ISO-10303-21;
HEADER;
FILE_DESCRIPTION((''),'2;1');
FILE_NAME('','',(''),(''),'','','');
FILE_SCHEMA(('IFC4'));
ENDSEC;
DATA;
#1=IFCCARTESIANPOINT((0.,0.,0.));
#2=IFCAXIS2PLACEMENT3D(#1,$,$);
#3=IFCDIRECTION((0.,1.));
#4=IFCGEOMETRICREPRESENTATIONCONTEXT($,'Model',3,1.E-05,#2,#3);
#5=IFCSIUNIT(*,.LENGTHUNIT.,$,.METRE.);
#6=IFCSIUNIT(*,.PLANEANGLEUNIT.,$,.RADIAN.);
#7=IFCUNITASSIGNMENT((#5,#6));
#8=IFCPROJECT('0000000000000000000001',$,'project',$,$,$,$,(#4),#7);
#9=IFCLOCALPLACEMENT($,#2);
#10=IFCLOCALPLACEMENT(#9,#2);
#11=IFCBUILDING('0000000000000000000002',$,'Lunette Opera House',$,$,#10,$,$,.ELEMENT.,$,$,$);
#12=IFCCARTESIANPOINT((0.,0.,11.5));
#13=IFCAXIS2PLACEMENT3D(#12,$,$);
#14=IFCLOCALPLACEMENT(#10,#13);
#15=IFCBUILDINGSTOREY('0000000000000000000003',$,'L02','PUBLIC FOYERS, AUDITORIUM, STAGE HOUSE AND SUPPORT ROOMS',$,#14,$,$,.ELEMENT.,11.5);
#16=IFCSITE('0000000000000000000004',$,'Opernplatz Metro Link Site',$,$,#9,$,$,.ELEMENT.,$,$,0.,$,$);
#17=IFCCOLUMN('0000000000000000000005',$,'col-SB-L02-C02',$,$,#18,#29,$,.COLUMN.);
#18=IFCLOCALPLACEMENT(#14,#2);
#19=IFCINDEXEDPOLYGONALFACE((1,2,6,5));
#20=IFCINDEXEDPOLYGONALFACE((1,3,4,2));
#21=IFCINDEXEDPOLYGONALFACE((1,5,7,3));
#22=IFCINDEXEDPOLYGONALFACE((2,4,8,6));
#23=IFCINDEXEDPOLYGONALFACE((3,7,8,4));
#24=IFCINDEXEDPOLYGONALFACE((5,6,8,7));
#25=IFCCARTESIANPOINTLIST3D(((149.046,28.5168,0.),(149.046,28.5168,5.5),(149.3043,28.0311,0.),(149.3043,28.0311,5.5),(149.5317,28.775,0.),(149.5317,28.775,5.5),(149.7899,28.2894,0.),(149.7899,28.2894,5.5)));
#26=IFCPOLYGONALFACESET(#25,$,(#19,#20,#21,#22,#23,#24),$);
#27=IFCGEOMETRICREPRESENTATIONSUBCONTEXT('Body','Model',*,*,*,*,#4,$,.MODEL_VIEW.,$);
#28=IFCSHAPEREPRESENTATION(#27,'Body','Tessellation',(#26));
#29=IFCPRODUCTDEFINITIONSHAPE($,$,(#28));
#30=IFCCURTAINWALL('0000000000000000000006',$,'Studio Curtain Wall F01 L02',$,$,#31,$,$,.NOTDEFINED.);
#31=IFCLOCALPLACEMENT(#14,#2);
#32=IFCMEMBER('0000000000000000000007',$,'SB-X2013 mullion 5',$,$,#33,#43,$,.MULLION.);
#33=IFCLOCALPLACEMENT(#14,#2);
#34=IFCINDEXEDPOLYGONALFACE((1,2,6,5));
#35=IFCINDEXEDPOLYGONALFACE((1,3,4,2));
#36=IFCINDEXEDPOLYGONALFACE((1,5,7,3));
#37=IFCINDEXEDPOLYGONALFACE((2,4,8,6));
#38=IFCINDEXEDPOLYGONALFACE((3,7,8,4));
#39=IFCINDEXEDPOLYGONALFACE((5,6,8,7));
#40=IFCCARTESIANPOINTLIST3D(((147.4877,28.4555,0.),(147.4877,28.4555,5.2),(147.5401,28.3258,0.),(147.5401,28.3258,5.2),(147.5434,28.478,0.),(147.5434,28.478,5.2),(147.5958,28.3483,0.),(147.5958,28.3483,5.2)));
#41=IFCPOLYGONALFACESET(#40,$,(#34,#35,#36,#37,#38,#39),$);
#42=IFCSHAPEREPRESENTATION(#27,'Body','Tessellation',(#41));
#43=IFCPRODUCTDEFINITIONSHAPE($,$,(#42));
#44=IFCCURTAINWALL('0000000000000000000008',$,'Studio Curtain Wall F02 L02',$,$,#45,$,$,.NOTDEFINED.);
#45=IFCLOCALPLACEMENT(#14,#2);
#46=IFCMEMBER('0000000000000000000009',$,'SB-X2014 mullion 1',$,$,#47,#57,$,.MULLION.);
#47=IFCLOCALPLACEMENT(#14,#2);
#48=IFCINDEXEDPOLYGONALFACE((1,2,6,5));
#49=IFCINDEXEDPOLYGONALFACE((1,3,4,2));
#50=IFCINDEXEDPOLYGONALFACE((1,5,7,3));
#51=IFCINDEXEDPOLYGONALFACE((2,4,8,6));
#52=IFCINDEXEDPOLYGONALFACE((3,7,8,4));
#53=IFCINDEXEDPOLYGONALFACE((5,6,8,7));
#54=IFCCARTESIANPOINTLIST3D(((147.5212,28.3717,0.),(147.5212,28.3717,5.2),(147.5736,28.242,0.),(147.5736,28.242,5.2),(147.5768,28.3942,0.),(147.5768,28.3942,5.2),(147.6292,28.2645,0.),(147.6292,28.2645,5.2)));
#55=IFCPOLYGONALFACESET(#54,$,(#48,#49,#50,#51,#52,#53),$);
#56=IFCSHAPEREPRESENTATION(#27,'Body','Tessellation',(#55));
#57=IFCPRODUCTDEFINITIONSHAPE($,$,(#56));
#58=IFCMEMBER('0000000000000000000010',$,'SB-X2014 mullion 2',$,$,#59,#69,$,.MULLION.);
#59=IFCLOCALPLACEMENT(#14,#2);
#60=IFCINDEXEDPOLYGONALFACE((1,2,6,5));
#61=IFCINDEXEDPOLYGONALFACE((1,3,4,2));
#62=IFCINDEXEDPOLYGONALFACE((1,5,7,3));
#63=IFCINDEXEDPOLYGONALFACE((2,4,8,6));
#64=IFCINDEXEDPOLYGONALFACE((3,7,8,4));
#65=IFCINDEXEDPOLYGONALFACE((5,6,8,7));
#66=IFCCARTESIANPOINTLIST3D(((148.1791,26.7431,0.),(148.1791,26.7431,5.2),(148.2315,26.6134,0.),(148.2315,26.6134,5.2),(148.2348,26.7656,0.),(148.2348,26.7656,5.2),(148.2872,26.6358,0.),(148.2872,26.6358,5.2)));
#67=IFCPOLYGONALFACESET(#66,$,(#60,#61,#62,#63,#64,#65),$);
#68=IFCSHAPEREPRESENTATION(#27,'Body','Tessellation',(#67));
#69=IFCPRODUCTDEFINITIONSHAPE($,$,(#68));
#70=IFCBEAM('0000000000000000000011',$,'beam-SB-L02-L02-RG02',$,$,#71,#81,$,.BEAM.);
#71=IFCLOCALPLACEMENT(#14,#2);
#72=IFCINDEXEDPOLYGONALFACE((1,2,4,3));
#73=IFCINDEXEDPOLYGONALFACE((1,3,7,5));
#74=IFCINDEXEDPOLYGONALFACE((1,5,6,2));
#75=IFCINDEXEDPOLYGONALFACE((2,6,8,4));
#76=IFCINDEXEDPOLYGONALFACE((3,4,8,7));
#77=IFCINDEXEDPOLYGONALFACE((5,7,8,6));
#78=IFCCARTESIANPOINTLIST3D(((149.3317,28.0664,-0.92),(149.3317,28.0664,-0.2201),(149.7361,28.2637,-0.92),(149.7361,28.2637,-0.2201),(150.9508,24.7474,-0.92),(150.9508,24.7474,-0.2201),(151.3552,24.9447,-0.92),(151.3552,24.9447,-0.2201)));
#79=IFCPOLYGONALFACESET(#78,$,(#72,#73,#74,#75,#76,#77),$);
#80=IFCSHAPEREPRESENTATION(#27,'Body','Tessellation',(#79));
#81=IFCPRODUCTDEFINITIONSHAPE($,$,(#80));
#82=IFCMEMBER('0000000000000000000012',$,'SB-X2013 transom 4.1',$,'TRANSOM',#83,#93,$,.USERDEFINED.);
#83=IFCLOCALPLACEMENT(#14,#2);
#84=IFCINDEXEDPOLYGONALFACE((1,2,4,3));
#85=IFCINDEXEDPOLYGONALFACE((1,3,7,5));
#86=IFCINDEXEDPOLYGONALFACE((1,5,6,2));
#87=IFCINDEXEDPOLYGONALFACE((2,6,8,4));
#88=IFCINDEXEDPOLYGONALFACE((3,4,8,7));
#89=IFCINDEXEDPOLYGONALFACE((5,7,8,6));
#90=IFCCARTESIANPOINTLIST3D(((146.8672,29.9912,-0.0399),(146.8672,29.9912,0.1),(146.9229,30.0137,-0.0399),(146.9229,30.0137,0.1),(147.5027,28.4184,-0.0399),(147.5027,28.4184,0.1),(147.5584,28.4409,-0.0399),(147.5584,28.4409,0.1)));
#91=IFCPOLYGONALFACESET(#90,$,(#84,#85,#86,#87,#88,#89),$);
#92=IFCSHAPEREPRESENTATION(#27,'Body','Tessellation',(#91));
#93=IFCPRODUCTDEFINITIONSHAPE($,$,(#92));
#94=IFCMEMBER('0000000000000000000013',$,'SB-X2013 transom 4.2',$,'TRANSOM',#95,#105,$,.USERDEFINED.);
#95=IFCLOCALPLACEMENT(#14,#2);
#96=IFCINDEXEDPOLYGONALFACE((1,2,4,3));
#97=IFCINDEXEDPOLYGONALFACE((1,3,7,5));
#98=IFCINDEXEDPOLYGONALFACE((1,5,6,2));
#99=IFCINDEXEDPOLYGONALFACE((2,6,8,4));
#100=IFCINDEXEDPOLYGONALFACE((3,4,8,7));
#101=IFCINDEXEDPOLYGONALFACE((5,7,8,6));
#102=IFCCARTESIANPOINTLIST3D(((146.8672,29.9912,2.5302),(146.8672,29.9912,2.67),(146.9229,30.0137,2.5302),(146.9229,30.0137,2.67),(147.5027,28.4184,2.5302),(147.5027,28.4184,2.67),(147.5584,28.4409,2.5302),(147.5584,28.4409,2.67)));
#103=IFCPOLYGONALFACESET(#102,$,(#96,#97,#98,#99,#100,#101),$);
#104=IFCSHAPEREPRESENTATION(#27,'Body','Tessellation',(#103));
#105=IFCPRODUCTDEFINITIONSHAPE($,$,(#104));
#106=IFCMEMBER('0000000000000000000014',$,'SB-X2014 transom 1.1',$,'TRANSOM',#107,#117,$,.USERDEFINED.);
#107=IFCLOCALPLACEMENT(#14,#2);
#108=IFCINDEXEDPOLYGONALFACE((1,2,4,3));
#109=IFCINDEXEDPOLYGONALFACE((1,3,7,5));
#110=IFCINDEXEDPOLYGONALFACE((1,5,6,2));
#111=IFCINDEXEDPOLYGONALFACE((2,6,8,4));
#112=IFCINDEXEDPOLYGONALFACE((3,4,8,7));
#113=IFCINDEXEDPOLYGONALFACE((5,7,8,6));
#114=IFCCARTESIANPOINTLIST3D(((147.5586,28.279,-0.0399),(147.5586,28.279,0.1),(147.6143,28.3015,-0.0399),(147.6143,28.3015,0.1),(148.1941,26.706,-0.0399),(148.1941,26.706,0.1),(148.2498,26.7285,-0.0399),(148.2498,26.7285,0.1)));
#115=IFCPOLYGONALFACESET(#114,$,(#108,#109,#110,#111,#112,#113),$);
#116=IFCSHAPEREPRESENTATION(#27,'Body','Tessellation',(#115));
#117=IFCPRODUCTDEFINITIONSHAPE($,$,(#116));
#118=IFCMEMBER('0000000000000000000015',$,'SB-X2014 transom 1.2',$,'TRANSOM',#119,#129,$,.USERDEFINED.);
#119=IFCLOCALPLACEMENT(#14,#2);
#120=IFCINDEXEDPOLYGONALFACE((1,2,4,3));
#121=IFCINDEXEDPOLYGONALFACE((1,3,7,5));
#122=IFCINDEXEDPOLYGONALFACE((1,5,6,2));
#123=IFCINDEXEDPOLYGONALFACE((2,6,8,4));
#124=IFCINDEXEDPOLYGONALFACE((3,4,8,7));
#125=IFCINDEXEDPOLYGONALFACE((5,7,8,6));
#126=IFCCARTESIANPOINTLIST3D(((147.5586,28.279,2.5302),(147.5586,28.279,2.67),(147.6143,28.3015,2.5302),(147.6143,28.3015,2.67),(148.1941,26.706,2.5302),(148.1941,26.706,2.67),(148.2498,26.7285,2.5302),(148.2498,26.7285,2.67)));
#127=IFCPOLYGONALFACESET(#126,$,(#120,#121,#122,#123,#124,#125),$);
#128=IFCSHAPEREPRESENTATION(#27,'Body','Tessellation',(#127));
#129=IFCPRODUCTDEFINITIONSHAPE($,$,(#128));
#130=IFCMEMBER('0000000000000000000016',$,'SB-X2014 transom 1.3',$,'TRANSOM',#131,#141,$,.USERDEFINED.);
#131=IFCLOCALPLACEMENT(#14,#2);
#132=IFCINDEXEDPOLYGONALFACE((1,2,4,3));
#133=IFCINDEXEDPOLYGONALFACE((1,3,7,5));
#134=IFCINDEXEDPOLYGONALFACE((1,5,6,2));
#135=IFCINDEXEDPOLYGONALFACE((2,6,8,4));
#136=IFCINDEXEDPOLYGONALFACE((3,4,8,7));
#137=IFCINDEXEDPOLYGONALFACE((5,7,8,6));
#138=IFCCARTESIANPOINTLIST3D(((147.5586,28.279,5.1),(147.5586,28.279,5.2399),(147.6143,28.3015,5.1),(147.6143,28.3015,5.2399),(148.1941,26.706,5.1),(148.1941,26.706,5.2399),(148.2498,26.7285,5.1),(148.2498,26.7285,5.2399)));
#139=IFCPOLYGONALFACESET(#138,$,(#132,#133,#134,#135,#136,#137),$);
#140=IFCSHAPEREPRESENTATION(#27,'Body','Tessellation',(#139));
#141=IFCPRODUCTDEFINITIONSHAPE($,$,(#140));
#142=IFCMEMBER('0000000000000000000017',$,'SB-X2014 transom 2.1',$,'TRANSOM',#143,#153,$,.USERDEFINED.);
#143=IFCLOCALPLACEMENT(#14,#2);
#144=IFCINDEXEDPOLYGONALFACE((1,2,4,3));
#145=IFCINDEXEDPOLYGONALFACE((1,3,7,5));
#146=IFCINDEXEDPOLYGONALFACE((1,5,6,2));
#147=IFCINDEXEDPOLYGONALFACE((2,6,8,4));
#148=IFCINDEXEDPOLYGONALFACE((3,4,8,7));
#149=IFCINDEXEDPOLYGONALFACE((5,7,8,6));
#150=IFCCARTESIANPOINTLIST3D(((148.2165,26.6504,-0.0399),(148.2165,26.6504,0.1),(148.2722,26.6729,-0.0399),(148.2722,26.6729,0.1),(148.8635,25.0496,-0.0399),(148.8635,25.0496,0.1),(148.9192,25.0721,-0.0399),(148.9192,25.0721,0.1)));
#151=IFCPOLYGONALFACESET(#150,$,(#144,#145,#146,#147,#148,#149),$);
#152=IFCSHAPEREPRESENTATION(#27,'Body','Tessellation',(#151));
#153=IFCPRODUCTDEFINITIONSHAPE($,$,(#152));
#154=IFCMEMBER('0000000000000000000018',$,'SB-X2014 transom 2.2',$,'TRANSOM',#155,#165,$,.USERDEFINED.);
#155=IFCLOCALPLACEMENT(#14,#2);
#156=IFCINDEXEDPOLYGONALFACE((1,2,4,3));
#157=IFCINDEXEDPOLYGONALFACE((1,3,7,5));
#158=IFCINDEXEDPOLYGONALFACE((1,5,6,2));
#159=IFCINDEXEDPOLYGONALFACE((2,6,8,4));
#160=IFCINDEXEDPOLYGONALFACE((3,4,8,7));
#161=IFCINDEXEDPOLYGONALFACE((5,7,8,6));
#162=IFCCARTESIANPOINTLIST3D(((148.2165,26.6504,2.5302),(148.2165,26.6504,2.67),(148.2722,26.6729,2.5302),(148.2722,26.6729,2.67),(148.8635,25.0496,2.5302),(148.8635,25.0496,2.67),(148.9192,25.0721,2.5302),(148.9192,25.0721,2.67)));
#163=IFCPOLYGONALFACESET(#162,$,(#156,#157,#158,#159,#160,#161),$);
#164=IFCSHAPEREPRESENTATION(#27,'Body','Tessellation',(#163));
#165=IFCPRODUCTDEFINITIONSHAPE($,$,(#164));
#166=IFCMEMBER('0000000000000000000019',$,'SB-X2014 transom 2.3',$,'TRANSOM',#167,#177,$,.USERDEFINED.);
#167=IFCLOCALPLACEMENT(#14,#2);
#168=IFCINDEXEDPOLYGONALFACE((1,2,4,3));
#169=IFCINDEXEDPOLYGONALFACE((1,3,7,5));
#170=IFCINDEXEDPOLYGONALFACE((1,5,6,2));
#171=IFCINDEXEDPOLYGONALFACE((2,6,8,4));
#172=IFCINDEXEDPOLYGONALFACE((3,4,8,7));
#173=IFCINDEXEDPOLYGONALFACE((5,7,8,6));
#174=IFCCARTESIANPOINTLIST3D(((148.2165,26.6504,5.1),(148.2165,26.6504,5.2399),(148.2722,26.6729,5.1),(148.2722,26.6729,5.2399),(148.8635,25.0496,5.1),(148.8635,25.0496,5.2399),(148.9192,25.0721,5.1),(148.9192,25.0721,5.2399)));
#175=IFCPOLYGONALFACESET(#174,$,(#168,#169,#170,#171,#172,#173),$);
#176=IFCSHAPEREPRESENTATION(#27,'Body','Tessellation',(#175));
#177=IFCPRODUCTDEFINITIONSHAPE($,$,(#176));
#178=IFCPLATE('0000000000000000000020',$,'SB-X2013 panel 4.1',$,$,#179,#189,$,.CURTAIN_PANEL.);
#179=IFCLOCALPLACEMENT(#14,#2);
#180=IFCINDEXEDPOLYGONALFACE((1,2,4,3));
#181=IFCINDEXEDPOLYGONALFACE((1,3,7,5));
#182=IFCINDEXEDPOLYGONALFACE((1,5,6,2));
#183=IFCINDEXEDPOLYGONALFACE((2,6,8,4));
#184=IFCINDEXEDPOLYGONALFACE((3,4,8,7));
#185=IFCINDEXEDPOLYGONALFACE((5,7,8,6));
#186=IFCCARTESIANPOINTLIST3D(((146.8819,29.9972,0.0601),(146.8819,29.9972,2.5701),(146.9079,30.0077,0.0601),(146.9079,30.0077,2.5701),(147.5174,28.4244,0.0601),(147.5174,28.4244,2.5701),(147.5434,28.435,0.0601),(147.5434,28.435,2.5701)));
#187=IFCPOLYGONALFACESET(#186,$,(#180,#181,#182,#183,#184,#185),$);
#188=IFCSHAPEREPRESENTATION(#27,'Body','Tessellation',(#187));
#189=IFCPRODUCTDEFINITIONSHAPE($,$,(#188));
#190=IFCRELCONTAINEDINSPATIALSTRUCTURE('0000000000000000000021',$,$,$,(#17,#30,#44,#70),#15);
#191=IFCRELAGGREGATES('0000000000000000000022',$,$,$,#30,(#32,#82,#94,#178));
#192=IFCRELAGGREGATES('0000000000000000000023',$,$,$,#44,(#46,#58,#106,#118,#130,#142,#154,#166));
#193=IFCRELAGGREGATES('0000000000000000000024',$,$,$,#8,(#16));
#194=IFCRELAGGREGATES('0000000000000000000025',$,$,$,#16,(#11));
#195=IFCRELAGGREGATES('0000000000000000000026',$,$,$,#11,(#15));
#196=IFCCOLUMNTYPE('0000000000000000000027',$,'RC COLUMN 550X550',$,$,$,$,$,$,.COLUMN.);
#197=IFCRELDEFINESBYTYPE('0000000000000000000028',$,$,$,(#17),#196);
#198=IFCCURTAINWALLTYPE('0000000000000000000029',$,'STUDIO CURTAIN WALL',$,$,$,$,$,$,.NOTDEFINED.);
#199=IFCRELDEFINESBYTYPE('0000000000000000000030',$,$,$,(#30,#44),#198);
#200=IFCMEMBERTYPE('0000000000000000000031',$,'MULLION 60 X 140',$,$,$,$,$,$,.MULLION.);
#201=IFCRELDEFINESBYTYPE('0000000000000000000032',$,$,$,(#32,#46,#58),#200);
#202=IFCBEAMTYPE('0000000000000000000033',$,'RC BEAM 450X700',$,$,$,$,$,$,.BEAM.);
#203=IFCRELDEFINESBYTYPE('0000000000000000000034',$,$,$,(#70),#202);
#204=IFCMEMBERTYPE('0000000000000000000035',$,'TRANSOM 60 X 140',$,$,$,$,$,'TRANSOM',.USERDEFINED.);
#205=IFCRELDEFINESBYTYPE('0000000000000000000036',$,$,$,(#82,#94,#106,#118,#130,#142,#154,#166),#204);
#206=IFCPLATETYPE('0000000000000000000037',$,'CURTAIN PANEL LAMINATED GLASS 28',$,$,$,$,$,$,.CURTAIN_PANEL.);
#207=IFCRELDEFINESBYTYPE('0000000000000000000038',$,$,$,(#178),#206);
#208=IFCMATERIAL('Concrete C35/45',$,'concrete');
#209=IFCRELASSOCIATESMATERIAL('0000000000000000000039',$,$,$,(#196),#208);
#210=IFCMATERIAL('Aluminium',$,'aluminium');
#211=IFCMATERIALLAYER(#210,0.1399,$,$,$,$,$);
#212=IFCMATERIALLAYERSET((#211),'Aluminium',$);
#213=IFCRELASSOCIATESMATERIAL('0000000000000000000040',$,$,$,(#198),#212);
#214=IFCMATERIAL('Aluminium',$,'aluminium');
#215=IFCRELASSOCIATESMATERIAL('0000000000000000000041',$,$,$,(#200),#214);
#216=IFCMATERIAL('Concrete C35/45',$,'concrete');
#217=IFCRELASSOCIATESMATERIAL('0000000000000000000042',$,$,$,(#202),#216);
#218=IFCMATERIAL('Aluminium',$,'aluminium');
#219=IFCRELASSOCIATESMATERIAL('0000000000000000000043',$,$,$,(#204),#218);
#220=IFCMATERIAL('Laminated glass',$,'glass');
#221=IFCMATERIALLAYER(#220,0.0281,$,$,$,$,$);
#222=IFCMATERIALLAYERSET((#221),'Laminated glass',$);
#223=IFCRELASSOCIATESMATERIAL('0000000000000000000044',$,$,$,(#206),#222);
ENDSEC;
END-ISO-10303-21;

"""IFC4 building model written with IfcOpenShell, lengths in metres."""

from ifc_helpers import new_model, si_unit, direction, frame, origin, origin_2d, place, context, subcontext, project, spatial, rectangle, extrude, material, layer, layer_set, material_profile, profile_set, type_object, element, aggregate, save


model = new_model("IFC4")

# Units and contexts
model_context = context("Model", 3, precision=1e-05, world=origin(), true_north=direction((0.0, 1.0)))
body_context = subcontext(model_context, "Body", "Model", "MODEL_VIEW")
ifc_project = project(units=[si_unit("LENGTHUNIT", "METRE"), si_unit("PLANEANGLEUNIT", "RADIAN")], contexts=[model_context])

# Site, building, storey
site_placement = place(None, origin())
site = spatial("IfcSite", under=ifc_project, at=site_placement, Name="Opernplatz Metro Link Site", CompositionType="ELEMENT", RefElevation=0.0)
building_placement = place(site_placement, origin())
building = spatial("IfcBuilding", under=site, at=building_placement, Name="Lunette Opera House", CompositionType="ELEMENT")
storey_placement = place(building_placement, frame((0.0, 0.0, 11.5)))
storey = spatial("IfcBuildingStorey", under=building, at=storey_placement, Name="L02", Description="PUBLIC FOYERS, AUDITORIUM, STAGE HOUSE AND SUPPORT ROOMS", CompositionType="ELEMENT", Elevation=11.5)

# Column
ifc_material_1 = material(Name="Concrete C35/45", Category="concrete")
ifc_material_profile_1 = material_profile(ifc_material_1, rectangle(XDim=0.55, YDim=0.55, at=origin_2d()), Name="RC COLUMN 550X550")
ifc_profile_set_1 = profile_set([ifc_material_profile_1], Name="Concrete C35/45")
column_type = type_object("IfcColumnType", Name="RC COLUMN 550X550", PredefinedType="COLUMN", material=ifc_profile_set_1)
column_placement = place(storey_placement, frame((149.418, 28.4031, 0.0), z_axis=(0.0, 0.0, 1.0), x_axis=(0.469472, -0.882948, 0.0)))
element("IfcColumn", 1, at=column_placement, inside=storey, type_object=column_type, Name="col-SB-L02-C02", PredefinedType="COLUMN", context=body_context, shape_type="SweptSolid", body=[
    extrude(rectangle(XDim=0.55, YDim=0.55, at=origin_2d()), origin(), (0.0, 0.0, 1.0), 5.5),
])

# Curtain wall, member
ifc_material_2 = material(Name="Aluminium", Category="aluminium")
ifc_layer_1 = layer(ifc_material_2, 0.1399)
ifc_layer_set_1 = layer_set([ifc_layer_1], Name="Aluminium")
curtain_wall_type = type_object("IfcCurtainWallType", Name="STUDIO CURTAIN WALL", PredefinedType="NOTDEFINED", material=ifc_layer_set_1)
curtain_wall_1_placement = place(storey_placement, origin())
curtain_wall_1 = element("IfcCurtainWall", 2, at=curtain_wall_1_placement, inside=storey, type_object=curtain_wall_type, Name="Studio Curtain Wall F01 L02", PredefinedType="NOTDEFINED")
ifc_material_3 = material(Name="Aluminium", Category="aluminium")
ifc_material_profile_2 = material_profile(ifc_material_3, rectangle(XDim=0.0601, YDim=0.1399, at=origin_2d()), Name="MULLION 60 X 140")
ifc_profile_set_2 = profile_set([ifc_material_profile_2], Name="Aluminium")
member_type_1 = type_object("IfcMemberType", Name="MULLION 60 X 140", PredefinedType="MULLION", material=ifc_profile_set_2)
member_1_placement = place(storey_placement, frame((147.5417, 28.4019, 0.0), z_axis=(0.0, 0.0, 1.0), x_axis=(0.927168, 0.374646, 0.0)))
member_1 = element("IfcMember", 3, at=member_1_placement, type_object=member_type_1, Name="SB-X2013 mullion 5", PredefinedType="MULLION", context=body_context, shape_type="SweptSolid", body=[
    extrude(rectangle(XDim=0.0601, YDim=0.1399, at=origin_2d()), origin(), (0.0, 0.0, 1.0), 5.2),
])

# Curtain wall, members
curtain_wall_2_placement = place(storey_placement, origin())
curtain_wall_2 = element("IfcCurtainWall", 4, at=curtain_wall_2_placement, inside=storey, type_object=curtain_wall_type, Name="Studio Curtain Wall F02 L02", PredefinedType="NOTDEFINED")
member_2_placement = place(storey_placement, frame((147.5752, 28.3181, 0.0), z_axis=(0.0, 0.0, 1.0), x_axis=(0.927188, 0.374597, 0.0)))
member_2 = element("IfcMember", 5, at=member_2_placement, type_object=member_type_1, Name="SB-X2014 mullion 1", PredefinedType="MULLION", context=body_context, shape_type="SweptSolid", body=[
    extrude(rectangle(XDim=0.0601, YDim=0.1399, at=origin_2d()), origin(), (0.0, 0.0, 1.0), 5.2),
])
member_3_placement = place(storey_placement, frame((148.2332, 26.6895, 0.0), z_axis=(0.0, 0.0, 1.0), x_axis=(0.927188, 0.374597, 0.0)))
member_3 = element("IfcMember", 6, at=member_3_placement, type_object=member_type_1, Name="SB-X2014 mullion 2", PredefinedType="MULLION", context=body_context, shape_type="SweptSolid", body=[
    extrude(rectangle(XDim=0.0601, YDim=0.1399, at=origin_2d()), origin(), (0.0, 0.0, 1.0), 5.2),
])

# Beam
ifc_material_4 = material(Name="Concrete C35/45", Category="concrete")
ifc_material_profile_3 = material_profile(ifc_material_4, rectangle(XDim=0.45, YDim=0.7, at=origin_2d()), Name="RC BEAM 450X700")
ifc_profile_set_3 = profile_set([ifc_material_profile_3], Name="Concrete C35/45")
beam_type = type_object("IfcBeamType", Name="RC BEAM 450X700", PredefinedType="BEAM", material=ifc_profile_set_3)
beam_placement = place(storey_placement, frame((149.5339, 28.165, -0.5701), z_axis=(0.438439, -0.898761, 0.0), x_axis=(0.898761, 0.438439, 0.0)))
element("IfcBeam", 7, at=beam_placement, inside=storey, type_object=beam_type, Name="beam-SB-L02-L02-RG02", PredefinedType="BEAM", context=body_context, shape_type="SweptSolid", body=[
    extrude(rectangle(XDim=0.45, YDim=0.7, at=origin_2d()), origin(), (0.0, 0.0, 1.0), 3.6929),
])

# Members
ifc_material_5 = material(Name="Aluminium", Category="aluminium")
ifc_material_profile_4 = material_profile(ifc_material_5, rectangle(XDim=0.0601, YDim=0.1399, at=origin_2d()), Name="TRANSOM 60 X 140")
ifc_profile_set_4 = profile_set([ifc_material_profile_4], Name="Aluminium")
member_type_2 = type_object("IfcMemberType", Name="TRANSOM 60 X 140", ElementType="TRANSOM", PredefinedType="USERDEFINED", material=ifc_profile_set_4)
member_4_placement = place(storey_placement, frame((146.895, 30.0024, 0.03), z_axis=(0.374639, -0.927171, 0.0), x_axis=(0.927171, 0.374639, 0.0)))
member_4 = element("IfcMember", 8, at=member_4_placement, type_object=member_type_2, Name="SB-X2013 transom 4.1", ObjectType="TRANSOM", PredefinedType="USERDEFINED", context=body_context, shape_type="SweptSolid", body=[
    extrude(rectangle(XDim=0.0601, YDim=0.1399, at=origin_2d()), origin(), (0.0, 0.0, 1.0), 1.6963),
])
member_5_placement = place(storey_placement, frame((146.895, 30.0024, 2.6001), z_axis=(0.374639, -0.927171, 0.0), x_axis=(0.927171, 0.374639, 0.0)))
member_5 = element("IfcMember", 9, at=member_5_placement, type_object=member_type_2, Name="SB-X2013 transom 4.2", ObjectType="TRANSOM", PredefinedType="USERDEFINED", context=body_context, shape_type="SweptSolid", body=[
    extrude(rectangle(XDim=0.0601, YDim=0.1399, at=origin_2d()), origin(), (0.0, 0.0, 1.0), 1.6963),
])
member_6_placement = place(storey_placement, frame((147.5864, 28.2903, 0.03), z_axis=(0.374589, -0.927191, 0.0), x_axis=(0.927191, 0.374589, 0.0)))
member_6 = element("IfcMember", 10, at=member_6_placement, type_object=member_type_2, Name="SB-X2014 transom 1.1", ObjectType="TRANSOM", PredefinedType="USERDEFINED", context=body_context, shape_type="SweptSolid", body=[
    extrude(rectangle(XDim=0.0601, YDim=0.1399, at=origin_2d()), origin(), (0.0, 0.0, 1.0), 1.6965),
])
member_7_placement = place(storey_placement, frame((147.5864, 28.2903, 2.6001), z_axis=(0.374589, -0.927191, 0.0), x_axis=(0.927191, 0.374589, 0.0)))
member_7 = element("IfcMember", 11, at=member_7_placement, type_object=member_type_2, Name="SB-X2014 transom 1.2", ObjectType="TRANSOM", PredefinedType="USERDEFINED", context=body_context, shape_type="SweptSolid", body=[
    extrude(rectangle(XDim=0.0601, YDim=0.1399, at=origin_2d()), origin(), (0.0, 0.0, 1.0), 1.6965),
])
member_8_placement = place(storey_placement, frame((147.5864, 28.2903, 5.1699), z_axis=(0.374589, -0.927191, 0.0), x_axis=(0.927191, 0.374589, 0.0)))
member_8 = element("IfcMember", 12, at=member_8_placement, type_object=member_type_2, Name="SB-X2014 transom 1.3", ObjectType="TRANSOM", PredefinedType="USERDEFINED", context=body_context, shape_type="SweptSolid", body=[
    extrude(rectangle(XDim=0.0601, YDim=0.1399, at=origin_2d()), origin(), (0.0, 0.0, 1.0), 1.6965),
])
member_9_placement = place(storey_placement, frame((148.2444, 26.6616, 0.03), z_axis=(0.374704, -0.927145, 0.0), x_axis=(0.927145, 0.374704, 0.0)))
member_9 = element("IfcMember", 13, at=member_9_placement, type_object=member_type_2, Name="SB-X2014 transom 2.1", ObjectType="TRANSOM", PredefinedType="USERDEFINED", context=body_context, shape_type="SweptSolid", body=[
    extrude(rectangle(XDim=0.0601, YDim=0.1399, at=origin_2d()), origin(), (0.0, 0.0, 1.0), 1.7266),
])
member_10_placement = place(storey_placement, frame((148.2444, 26.6616, 2.6001), z_axis=(0.374704, -0.927145, 0.0), x_axis=(0.927145, 0.374704, 0.0)))
member_10 = element("IfcMember", 14, at=member_10_placement, type_object=member_type_2, Name="SB-X2014 transom 2.2", ObjectType="TRANSOM", PredefinedType="USERDEFINED", context=body_context, shape_type="SweptSolid", body=[
    extrude(rectangle(XDim=0.0601, YDim=0.1399, at=origin_2d()), origin(), (0.0, 0.0, 1.0), 1.7266),
])
member_11_placement = place(storey_placement, frame((148.2444, 26.6616, 5.1699), z_axis=(0.374704, -0.927145, 0.0), x_axis=(0.927145, 0.374704, 0.0)))
member_11 = element("IfcMember", 15, at=member_11_placement, type_object=member_type_2, Name="SB-X2014 transom 2.3", ObjectType="TRANSOM", PredefinedType="USERDEFINED", context=body_context, shape_type="SweptSolid", body=[
    extrude(rectangle(XDim=0.0601, YDim=0.1399, at=origin_2d()), origin(), (0.0, 0.0, 1.0), 1.7266),
])

# Plate
ifc_material_6 = material(Name="Laminated glass", Category="glass")
ifc_layer_2 = layer(ifc_material_6, 0.0281)
ifc_layer_set_2 = layer_set([ifc_layer_2], Name="Laminated glass")
plate_type = type_object("IfcPlateType", Name="CURTAIN PANEL LAMINATED GLASS 28", PredefinedType="CURTAIN_PANEL", material=ifc_layer_set_2)
plate_1_placement = place(storey_placement, frame((147.2126, 29.2161, 0.0601), z_axis=(0.0, 0.0, 1.0), x_axis=(0.374646, -0.927168, 0.0)))
plate_1 = element("IfcPlate", 16, at=plate_1_placement, type_object=plate_type, Name="SB-X2013 panel 4.1", PredefinedType="CURTAIN_PANEL", context=body_context, shape_type="SweptSolid", body=[
    extrude(rectangle(XDim=1.6963, YDim=0.0281, at=origin_2d()), origin(), (0.0, 0.0, 1.0), 2.51),
])
aggregate(curtain_wall_1, [member_1, member_4, member_5, plate_1])
aggregate(curtain_wall_2, [member_2, member_3, member_6, member_7, member_8, member_9, member_10, member_11])

save(model, "model.ifc")
